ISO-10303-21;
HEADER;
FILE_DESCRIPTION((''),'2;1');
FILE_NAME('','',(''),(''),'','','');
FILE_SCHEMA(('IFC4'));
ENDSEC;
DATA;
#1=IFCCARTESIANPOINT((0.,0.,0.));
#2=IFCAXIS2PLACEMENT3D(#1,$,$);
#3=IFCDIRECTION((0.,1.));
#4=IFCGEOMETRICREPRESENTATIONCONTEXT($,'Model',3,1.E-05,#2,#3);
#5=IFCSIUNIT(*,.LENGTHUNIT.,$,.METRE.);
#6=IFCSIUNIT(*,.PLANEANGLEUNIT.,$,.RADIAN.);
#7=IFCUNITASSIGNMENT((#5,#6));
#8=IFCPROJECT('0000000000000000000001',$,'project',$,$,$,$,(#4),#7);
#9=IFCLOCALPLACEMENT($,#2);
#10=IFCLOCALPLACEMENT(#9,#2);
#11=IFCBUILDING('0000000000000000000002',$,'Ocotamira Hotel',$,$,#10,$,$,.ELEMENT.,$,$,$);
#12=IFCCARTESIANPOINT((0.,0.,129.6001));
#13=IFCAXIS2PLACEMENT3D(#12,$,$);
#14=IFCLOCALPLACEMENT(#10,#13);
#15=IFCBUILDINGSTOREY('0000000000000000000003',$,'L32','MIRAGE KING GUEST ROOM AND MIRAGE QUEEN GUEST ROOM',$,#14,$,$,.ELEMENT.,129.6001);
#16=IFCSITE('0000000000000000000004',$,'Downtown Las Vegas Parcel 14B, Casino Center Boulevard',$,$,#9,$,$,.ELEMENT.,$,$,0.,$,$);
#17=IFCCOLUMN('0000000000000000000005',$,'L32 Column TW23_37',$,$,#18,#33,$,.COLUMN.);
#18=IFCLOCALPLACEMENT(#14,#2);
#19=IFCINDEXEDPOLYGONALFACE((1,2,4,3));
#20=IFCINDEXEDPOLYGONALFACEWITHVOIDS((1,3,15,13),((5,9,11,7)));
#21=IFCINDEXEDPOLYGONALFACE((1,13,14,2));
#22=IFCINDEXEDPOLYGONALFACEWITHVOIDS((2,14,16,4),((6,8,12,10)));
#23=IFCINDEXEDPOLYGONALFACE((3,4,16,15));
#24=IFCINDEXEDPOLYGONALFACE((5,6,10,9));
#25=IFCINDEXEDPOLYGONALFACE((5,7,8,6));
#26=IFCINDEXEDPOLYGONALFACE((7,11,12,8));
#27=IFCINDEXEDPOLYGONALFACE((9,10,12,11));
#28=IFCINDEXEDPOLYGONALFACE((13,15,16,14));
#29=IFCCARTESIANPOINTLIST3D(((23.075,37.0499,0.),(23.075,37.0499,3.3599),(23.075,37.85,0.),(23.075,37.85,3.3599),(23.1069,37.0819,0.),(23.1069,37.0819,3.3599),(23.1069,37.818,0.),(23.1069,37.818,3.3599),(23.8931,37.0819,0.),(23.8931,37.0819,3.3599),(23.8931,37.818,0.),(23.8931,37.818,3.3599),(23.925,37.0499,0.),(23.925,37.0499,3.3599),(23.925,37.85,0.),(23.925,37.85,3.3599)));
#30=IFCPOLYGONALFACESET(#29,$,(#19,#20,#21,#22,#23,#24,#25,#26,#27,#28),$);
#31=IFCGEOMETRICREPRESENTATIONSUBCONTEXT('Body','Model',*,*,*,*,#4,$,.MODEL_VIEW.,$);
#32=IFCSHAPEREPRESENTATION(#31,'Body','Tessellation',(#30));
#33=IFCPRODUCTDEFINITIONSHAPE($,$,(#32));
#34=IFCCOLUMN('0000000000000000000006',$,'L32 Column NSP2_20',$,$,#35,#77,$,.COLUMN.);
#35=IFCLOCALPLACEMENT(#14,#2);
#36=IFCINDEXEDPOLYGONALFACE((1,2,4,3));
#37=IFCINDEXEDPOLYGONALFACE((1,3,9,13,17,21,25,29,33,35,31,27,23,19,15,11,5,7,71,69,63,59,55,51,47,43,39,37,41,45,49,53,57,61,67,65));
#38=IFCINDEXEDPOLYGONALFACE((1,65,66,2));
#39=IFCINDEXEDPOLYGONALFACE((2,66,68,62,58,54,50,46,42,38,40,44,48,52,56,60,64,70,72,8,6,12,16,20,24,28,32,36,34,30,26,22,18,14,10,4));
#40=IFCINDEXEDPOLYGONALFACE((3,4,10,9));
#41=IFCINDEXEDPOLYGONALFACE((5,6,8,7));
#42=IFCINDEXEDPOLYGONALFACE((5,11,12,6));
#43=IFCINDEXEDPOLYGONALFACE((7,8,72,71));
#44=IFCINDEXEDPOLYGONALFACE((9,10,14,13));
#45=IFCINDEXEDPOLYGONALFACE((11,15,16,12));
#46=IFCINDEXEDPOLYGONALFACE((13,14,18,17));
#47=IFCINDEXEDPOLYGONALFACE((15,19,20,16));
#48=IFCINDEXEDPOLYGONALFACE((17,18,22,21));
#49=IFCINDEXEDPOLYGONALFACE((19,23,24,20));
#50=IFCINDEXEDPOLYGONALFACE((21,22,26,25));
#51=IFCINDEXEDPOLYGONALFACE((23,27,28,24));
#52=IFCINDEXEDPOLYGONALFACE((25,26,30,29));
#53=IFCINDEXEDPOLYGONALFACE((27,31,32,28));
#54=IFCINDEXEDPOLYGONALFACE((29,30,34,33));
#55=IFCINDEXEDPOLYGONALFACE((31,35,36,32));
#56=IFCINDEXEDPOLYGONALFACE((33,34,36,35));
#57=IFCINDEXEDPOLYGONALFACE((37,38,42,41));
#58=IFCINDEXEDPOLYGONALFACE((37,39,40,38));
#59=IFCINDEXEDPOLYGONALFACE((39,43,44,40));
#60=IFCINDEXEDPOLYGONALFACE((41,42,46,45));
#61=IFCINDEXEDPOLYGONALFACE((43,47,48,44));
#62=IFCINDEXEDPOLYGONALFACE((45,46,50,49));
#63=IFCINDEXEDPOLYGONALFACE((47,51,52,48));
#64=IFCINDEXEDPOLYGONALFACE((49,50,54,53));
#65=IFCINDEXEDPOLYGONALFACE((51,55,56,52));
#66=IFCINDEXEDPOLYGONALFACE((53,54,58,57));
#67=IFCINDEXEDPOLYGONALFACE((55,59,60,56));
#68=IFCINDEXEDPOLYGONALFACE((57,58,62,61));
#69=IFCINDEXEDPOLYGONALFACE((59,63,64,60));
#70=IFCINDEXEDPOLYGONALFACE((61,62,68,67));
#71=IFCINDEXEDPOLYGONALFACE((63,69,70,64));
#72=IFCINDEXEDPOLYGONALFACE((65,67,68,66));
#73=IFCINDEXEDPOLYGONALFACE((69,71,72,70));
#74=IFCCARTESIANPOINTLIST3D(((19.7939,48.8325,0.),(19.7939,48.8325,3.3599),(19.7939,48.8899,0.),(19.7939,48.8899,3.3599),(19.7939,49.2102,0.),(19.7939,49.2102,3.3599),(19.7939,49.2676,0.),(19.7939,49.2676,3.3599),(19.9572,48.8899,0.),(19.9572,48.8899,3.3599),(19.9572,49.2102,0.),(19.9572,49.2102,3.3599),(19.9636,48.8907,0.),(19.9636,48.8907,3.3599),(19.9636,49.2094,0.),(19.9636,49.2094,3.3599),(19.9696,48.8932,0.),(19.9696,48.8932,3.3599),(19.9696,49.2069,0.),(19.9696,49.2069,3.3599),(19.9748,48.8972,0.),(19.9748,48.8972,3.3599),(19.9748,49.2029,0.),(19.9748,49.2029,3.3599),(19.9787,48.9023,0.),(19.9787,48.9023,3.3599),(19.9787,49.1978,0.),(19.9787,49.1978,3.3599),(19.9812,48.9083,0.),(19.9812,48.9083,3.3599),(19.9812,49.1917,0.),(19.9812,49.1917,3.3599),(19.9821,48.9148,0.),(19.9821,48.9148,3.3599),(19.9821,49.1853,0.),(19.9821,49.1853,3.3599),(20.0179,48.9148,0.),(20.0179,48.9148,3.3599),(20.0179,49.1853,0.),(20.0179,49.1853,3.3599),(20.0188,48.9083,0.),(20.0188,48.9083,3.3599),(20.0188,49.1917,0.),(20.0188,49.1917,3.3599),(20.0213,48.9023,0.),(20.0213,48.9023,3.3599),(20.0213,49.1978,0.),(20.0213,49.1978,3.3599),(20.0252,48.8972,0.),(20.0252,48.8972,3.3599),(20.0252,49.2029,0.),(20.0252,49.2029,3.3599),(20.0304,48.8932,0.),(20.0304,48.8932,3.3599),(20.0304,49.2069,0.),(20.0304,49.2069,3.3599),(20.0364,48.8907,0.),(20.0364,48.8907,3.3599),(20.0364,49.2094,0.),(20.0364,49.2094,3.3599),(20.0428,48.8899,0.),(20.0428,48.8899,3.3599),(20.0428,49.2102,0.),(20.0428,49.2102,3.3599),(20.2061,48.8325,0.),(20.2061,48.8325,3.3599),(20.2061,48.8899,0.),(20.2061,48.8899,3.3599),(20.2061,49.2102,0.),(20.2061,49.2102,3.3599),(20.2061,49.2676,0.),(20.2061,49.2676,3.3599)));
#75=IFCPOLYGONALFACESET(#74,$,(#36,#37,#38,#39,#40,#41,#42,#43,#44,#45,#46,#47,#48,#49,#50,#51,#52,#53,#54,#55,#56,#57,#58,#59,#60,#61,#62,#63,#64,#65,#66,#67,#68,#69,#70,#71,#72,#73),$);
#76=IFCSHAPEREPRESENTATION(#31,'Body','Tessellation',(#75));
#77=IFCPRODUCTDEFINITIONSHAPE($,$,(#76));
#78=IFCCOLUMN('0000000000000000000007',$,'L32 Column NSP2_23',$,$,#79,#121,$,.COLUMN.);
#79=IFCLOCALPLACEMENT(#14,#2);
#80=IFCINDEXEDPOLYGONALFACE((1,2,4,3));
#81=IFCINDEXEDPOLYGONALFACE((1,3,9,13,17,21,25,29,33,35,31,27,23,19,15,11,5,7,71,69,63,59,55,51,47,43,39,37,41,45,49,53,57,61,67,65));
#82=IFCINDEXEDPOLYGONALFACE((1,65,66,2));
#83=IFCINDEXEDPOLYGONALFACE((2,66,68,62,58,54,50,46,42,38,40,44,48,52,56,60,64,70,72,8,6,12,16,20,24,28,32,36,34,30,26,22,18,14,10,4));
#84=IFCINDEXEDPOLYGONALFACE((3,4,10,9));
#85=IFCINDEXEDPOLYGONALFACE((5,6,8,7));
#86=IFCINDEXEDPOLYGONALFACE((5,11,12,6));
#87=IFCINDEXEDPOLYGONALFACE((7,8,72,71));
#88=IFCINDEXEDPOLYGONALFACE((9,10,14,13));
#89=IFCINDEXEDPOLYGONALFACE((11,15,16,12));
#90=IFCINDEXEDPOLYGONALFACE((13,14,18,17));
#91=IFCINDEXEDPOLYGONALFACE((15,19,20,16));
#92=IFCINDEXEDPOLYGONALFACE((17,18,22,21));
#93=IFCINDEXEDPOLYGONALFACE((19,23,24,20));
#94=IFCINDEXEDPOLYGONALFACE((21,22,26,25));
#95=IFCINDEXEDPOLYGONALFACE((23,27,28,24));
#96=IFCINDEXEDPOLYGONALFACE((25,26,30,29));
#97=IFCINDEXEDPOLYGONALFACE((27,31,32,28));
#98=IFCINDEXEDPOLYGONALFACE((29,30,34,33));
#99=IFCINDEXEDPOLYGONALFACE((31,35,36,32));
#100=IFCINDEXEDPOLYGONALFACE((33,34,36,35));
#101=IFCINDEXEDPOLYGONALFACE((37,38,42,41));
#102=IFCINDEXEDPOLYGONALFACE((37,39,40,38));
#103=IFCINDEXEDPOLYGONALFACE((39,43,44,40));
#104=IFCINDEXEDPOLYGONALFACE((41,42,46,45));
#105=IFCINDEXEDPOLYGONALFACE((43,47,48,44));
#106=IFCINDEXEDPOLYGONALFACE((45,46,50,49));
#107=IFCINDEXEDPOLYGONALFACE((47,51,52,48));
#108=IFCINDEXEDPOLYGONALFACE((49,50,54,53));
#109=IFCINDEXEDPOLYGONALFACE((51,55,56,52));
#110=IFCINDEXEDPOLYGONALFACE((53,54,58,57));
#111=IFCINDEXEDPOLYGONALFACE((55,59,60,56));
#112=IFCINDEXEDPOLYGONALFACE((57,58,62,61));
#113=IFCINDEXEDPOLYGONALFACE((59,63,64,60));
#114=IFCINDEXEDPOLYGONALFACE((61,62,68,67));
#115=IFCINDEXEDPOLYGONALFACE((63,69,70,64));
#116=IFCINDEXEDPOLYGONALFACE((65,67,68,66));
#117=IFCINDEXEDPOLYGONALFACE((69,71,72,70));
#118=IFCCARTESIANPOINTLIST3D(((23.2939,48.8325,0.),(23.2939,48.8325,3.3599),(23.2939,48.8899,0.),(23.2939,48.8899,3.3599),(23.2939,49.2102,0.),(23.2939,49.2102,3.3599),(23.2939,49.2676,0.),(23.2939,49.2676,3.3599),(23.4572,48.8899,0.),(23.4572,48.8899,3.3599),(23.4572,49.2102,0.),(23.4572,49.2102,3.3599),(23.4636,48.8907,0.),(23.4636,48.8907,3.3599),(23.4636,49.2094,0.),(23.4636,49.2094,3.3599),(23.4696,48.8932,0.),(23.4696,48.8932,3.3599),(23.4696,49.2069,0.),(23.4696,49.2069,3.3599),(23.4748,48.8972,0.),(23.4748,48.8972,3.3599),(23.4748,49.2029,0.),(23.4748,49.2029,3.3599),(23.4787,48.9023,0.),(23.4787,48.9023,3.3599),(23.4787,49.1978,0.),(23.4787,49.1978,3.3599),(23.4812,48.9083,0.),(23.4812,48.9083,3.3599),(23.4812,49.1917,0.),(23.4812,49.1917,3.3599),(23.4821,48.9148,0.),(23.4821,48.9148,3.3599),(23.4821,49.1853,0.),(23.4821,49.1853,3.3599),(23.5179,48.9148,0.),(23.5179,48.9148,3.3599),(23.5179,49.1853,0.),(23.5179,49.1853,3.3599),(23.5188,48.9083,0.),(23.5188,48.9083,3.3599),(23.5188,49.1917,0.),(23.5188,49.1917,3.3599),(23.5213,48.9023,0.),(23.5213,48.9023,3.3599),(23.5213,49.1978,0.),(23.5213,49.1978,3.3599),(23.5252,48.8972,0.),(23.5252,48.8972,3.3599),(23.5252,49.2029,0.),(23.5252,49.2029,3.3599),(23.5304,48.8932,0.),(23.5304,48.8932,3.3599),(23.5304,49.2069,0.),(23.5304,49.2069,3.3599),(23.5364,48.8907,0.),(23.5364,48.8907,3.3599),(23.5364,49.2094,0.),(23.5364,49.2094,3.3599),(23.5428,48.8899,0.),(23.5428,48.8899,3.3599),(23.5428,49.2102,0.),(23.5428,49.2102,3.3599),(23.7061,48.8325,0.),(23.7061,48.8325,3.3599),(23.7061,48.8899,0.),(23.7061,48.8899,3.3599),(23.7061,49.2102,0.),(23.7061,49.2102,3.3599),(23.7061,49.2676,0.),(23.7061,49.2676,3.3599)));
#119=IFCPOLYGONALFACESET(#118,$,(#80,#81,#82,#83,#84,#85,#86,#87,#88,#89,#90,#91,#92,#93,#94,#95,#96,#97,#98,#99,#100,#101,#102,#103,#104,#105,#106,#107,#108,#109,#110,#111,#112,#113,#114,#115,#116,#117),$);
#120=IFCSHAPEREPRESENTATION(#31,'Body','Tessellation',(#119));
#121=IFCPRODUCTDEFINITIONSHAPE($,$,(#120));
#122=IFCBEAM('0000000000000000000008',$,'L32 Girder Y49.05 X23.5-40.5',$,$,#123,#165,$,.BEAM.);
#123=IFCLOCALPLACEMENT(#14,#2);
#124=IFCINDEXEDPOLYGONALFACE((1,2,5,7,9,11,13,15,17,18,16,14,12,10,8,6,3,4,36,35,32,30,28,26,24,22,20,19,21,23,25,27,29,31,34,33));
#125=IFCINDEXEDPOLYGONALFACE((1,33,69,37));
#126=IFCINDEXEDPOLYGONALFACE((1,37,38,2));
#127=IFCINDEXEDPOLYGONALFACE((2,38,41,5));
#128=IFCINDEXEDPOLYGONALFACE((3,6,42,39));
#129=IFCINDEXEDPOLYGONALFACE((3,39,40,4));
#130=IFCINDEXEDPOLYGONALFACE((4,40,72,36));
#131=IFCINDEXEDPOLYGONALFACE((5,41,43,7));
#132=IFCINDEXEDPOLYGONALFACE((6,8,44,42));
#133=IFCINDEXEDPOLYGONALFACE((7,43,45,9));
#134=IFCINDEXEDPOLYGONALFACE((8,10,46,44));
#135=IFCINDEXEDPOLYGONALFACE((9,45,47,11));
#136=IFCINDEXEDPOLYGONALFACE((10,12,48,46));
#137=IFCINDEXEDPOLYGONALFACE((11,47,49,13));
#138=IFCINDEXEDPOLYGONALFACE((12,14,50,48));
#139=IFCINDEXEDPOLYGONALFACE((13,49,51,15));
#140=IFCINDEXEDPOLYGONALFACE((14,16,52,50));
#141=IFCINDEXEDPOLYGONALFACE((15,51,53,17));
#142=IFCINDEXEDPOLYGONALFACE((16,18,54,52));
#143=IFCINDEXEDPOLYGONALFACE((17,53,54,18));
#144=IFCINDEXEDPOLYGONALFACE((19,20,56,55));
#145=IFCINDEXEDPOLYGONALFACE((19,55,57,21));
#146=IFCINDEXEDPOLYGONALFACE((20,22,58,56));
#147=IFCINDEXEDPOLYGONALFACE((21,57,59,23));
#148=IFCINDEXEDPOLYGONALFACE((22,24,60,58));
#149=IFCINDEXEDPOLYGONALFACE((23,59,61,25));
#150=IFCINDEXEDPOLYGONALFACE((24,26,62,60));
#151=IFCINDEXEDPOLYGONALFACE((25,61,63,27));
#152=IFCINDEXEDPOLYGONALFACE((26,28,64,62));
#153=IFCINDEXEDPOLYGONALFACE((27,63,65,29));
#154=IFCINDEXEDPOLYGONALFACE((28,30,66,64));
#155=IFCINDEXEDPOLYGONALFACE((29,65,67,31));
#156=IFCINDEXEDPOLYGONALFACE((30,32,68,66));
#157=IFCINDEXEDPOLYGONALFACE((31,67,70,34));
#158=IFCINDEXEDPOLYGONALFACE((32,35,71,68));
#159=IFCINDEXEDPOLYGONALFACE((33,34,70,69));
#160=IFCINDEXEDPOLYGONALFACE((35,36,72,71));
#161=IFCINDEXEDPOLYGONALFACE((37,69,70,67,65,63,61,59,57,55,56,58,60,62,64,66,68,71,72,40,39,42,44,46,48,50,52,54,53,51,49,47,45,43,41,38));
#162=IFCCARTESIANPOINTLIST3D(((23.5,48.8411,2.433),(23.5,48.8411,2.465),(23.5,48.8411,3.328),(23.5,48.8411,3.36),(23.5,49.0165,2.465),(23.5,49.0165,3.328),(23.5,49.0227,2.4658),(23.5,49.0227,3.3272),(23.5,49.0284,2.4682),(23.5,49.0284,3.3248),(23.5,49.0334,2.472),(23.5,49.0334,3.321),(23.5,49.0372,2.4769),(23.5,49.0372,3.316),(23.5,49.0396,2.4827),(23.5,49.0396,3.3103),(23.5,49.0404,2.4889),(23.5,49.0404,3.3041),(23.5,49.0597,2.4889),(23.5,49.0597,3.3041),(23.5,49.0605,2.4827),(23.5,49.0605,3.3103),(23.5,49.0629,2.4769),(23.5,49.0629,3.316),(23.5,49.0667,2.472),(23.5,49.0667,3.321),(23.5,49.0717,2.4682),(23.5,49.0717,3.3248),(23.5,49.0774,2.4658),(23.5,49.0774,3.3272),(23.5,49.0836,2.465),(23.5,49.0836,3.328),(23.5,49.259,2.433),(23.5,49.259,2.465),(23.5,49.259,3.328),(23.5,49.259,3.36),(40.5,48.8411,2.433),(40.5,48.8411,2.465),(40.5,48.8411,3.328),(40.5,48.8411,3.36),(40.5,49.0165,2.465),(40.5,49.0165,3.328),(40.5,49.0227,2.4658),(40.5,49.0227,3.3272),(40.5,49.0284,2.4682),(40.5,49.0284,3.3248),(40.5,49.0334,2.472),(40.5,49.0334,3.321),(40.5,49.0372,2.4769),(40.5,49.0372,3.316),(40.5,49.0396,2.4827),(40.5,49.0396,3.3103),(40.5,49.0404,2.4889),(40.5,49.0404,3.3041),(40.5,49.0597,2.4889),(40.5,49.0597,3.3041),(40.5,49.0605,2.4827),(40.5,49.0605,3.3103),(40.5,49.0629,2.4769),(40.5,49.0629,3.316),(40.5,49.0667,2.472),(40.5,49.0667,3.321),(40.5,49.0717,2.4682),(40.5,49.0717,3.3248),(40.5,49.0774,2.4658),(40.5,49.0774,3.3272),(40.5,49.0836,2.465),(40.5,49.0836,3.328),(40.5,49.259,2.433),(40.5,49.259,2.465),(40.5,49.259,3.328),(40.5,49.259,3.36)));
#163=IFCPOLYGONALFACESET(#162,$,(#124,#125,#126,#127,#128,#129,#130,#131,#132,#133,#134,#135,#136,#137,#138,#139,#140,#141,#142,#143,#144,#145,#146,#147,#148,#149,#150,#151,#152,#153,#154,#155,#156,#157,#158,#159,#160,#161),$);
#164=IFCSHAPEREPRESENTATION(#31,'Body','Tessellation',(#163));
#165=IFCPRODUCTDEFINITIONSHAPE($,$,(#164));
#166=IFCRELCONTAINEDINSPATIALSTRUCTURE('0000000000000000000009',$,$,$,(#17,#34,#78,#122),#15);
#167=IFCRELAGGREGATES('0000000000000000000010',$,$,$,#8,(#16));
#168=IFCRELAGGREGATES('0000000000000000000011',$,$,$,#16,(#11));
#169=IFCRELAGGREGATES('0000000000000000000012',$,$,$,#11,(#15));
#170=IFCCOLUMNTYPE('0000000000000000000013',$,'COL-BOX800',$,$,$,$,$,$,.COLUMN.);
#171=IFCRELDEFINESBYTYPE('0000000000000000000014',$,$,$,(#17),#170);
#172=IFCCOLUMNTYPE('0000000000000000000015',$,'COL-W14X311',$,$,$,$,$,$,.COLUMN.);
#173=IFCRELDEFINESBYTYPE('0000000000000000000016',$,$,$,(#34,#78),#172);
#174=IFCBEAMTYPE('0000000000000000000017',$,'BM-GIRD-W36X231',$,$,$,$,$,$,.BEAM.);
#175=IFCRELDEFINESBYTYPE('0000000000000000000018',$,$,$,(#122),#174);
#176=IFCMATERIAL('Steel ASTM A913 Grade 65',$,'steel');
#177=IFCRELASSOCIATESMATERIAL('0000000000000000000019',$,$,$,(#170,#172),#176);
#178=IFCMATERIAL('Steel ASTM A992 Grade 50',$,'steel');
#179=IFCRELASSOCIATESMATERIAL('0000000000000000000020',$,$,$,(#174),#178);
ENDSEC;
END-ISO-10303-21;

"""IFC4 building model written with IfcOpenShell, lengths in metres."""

from ifc_helpers import new_model, si_unit, direction, frame, origin, origin_2d, place, context, subcontext, project, spatial, hollow_rectangle, i_section, extrude, source, transform, mapped, material, material_profile, profile_set, type_object, element, save


model = new_model("IFC4")

# Units and contexts
model_context = context("Model", 3, precision=1e-05, world=origin(), true_north=direction((0.0, 1.0)))
body_context = subcontext(model_context, "Body", "Model", "MODEL_VIEW")
ifc_project = project(units=[si_unit("LENGTHUNIT", "METRE"), si_unit("PLANEANGLEUNIT", "RADIAN")], contexts=[model_context])

# Site, building, storey
site_placement = place(None, origin())
site = spatial("IfcSite", under=ifc_project, at=site_placement, Name="Downtown Las Vegas Parcel 14B, Casino Center Boulevard", CompositionType="ELEMENT", RefElevation=0.0)
building_placement = place(site_placement, origin())
building = spatial("IfcBuilding", under=site, at=building_placement, Name="Ocotamira Hotel", CompositionType="ELEMENT")
storey_placement = place(building_placement, frame((0.0, 0.0, 129.6001)))
storey = spatial("IfcBuildingStorey", under=building, at=storey_placement, Name="L32", Description="MIRAGE KING GUEST ROOM AND MIRAGE QUEEN GUEST ROOM", CompositionType="ELEMENT", Elevation=129.6001)

# Columns
ifc_material_1 = material(Name="Steel ASTM A913 Grade 65", Category="steel")
ifc_material_profile_1 = material_profile(ifc_material_1, hollow_rectangle(XDim=0.8501, YDim=0.8, WallThickness=0.032, at=origin_2d()), Name="BOX800X850X32")
ifc_profile_set_1 = profile_set([ifc_material_profile_1], Name="Steel ASTM A913 Grade 65")
column_type_1 = type_object("IfcColumnType", Name="COL-BOX800", PredefinedType="COLUMN", material=ifc_profile_set_1)
shared_shape_1 = source(origin(), body_context, "Body", "SweptSolid", [
    extrude(hollow_rectangle(XDim=0.8501, YDim=0.8, WallThickness=0.032, at=origin_2d()), origin(), (0.0, 0.0, 1.0), 3.3599),
])
column_placement = place(storey_placement, frame((23.5, 37.45, 0.0), z_axis=(0.0, 0.0, 1.0), x_axis=(1.0, 0.0, 0.0)))
element("IfcColumn", 1, at=column_placement, inside=storey, type_object=column_type_1, Name="L32 Column TW23_37", PredefinedType="COLUMN", context=body_context, shape_type="MappedRepresentation", body=[
    mapped(shared_shape_1, transform((0.0, 0.0, 0.0), scale=1.0)),
])
ifc_material_profile_2 = material_profile(ifc_material_1, i_section(OverallWidth=0.4121, OverallDepth=0.4351, WebThickness=0.0359, FlangeThickness=0.0574, FilletRadius=0.0249, at=origin_2d()), Name="W14X311")
ifc_profile_set_2 = profile_set([ifc_material_profile_2], Name="Steel ASTM A913 Grade 65")
column_type_2 = type_object("IfcColumnType", Name="COL-W14X311", PredefinedType="COLUMN", material=ifc_profile_set_2)
shared_shape_2 = source(origin(), body_context, "Body", "SweptSolid", [
    extrude(i_section(OverallWidth=0.4121, OverallDepth=0.4351, WebThickness=0.0359, FlangeThickness=0.0574, FilletRadius=0.0249, at=origin_2d()), origin(), (0.0, 0.0, 1.0), 3.3599),
])
for number, where, z_axis, x_axis, name in (
    (2, (20.0, 49.05, 0.0), (0.0, 0.0, 1.0), (1.0, 0.0, 0.0), "L32 Column NSP2_20"),
    (3, (23.5, 49.05, 0.0), (0.0, 0.0, 1.0), (1.0, 0.0, 0.0), "L32 Column NSP2_23"),
):
    element("IfcColumn", number, at=place(storey_placement, frame(where, z_axis=z_axis, x_axis=x_axis)), inside=storey, type_object=column_type_2, Name=name, PredefinedType="COLUMN", context=body_context, shape_type="MappedRepresentation", body=[
        mapped(shared_shape_2, transform((0.0, 0.0, 0.0), scale=1.0)),
    ])

# Beam
ifc_material_2 = material(Name="Steel ASTM A992 Grade 50", Category="steel")
ifc_material_profile_3 = material_profile(ifc_material_2, i_section(OverallWidth=0.418, OverallDepth=0.927, WebThickness=0.0193, FlangeThickness=0.032, FilletRadius=0.0239, at=origin_2d()), Name="W36X231")
ifc_profile_set_3 = profile_set([ifc_material_profile_3], Name="Steel ASTM A992 Grade 50")
beam_type_1 = type_object("IfcBeamType", Name="BM-GIRD-W36X231", PredefinedType="BEAM", material=ifc_profile_set_3)
shared_shape_3 = source(origin(), body_context, "Body", "SweptSolid", [
    extrude(i_section(OverallWidth=0.418, OverallDepth=0.927, WebThickness=0.0193, FlangeThickness=0.032, FilletRadius=0.0239, at=origin_2d()), origin(), (0.0, 0.0, 1.0), 17.0),
])
beam_1_placement = place(storey_placement, frame((23.5, 49.05, 2.8965), z_axis=(1.0, 0.0, 0.0), x_axis=(0.0, 1.0, 0.0)))
element("IfcBeam", 4, at=beam_1_placement, inside=storey, type_object=beam_type_1, Name="L32 Girder Y49.05 X23.5-40.5", PredefinedType="BEAM", context=body_context, shape_type="MappedRepresentation", body=[
    mapped(shared_shape_3, transform((0.0, 0.0, 0.0), scale=1.0)),
])

save(model, "model.ifc")
